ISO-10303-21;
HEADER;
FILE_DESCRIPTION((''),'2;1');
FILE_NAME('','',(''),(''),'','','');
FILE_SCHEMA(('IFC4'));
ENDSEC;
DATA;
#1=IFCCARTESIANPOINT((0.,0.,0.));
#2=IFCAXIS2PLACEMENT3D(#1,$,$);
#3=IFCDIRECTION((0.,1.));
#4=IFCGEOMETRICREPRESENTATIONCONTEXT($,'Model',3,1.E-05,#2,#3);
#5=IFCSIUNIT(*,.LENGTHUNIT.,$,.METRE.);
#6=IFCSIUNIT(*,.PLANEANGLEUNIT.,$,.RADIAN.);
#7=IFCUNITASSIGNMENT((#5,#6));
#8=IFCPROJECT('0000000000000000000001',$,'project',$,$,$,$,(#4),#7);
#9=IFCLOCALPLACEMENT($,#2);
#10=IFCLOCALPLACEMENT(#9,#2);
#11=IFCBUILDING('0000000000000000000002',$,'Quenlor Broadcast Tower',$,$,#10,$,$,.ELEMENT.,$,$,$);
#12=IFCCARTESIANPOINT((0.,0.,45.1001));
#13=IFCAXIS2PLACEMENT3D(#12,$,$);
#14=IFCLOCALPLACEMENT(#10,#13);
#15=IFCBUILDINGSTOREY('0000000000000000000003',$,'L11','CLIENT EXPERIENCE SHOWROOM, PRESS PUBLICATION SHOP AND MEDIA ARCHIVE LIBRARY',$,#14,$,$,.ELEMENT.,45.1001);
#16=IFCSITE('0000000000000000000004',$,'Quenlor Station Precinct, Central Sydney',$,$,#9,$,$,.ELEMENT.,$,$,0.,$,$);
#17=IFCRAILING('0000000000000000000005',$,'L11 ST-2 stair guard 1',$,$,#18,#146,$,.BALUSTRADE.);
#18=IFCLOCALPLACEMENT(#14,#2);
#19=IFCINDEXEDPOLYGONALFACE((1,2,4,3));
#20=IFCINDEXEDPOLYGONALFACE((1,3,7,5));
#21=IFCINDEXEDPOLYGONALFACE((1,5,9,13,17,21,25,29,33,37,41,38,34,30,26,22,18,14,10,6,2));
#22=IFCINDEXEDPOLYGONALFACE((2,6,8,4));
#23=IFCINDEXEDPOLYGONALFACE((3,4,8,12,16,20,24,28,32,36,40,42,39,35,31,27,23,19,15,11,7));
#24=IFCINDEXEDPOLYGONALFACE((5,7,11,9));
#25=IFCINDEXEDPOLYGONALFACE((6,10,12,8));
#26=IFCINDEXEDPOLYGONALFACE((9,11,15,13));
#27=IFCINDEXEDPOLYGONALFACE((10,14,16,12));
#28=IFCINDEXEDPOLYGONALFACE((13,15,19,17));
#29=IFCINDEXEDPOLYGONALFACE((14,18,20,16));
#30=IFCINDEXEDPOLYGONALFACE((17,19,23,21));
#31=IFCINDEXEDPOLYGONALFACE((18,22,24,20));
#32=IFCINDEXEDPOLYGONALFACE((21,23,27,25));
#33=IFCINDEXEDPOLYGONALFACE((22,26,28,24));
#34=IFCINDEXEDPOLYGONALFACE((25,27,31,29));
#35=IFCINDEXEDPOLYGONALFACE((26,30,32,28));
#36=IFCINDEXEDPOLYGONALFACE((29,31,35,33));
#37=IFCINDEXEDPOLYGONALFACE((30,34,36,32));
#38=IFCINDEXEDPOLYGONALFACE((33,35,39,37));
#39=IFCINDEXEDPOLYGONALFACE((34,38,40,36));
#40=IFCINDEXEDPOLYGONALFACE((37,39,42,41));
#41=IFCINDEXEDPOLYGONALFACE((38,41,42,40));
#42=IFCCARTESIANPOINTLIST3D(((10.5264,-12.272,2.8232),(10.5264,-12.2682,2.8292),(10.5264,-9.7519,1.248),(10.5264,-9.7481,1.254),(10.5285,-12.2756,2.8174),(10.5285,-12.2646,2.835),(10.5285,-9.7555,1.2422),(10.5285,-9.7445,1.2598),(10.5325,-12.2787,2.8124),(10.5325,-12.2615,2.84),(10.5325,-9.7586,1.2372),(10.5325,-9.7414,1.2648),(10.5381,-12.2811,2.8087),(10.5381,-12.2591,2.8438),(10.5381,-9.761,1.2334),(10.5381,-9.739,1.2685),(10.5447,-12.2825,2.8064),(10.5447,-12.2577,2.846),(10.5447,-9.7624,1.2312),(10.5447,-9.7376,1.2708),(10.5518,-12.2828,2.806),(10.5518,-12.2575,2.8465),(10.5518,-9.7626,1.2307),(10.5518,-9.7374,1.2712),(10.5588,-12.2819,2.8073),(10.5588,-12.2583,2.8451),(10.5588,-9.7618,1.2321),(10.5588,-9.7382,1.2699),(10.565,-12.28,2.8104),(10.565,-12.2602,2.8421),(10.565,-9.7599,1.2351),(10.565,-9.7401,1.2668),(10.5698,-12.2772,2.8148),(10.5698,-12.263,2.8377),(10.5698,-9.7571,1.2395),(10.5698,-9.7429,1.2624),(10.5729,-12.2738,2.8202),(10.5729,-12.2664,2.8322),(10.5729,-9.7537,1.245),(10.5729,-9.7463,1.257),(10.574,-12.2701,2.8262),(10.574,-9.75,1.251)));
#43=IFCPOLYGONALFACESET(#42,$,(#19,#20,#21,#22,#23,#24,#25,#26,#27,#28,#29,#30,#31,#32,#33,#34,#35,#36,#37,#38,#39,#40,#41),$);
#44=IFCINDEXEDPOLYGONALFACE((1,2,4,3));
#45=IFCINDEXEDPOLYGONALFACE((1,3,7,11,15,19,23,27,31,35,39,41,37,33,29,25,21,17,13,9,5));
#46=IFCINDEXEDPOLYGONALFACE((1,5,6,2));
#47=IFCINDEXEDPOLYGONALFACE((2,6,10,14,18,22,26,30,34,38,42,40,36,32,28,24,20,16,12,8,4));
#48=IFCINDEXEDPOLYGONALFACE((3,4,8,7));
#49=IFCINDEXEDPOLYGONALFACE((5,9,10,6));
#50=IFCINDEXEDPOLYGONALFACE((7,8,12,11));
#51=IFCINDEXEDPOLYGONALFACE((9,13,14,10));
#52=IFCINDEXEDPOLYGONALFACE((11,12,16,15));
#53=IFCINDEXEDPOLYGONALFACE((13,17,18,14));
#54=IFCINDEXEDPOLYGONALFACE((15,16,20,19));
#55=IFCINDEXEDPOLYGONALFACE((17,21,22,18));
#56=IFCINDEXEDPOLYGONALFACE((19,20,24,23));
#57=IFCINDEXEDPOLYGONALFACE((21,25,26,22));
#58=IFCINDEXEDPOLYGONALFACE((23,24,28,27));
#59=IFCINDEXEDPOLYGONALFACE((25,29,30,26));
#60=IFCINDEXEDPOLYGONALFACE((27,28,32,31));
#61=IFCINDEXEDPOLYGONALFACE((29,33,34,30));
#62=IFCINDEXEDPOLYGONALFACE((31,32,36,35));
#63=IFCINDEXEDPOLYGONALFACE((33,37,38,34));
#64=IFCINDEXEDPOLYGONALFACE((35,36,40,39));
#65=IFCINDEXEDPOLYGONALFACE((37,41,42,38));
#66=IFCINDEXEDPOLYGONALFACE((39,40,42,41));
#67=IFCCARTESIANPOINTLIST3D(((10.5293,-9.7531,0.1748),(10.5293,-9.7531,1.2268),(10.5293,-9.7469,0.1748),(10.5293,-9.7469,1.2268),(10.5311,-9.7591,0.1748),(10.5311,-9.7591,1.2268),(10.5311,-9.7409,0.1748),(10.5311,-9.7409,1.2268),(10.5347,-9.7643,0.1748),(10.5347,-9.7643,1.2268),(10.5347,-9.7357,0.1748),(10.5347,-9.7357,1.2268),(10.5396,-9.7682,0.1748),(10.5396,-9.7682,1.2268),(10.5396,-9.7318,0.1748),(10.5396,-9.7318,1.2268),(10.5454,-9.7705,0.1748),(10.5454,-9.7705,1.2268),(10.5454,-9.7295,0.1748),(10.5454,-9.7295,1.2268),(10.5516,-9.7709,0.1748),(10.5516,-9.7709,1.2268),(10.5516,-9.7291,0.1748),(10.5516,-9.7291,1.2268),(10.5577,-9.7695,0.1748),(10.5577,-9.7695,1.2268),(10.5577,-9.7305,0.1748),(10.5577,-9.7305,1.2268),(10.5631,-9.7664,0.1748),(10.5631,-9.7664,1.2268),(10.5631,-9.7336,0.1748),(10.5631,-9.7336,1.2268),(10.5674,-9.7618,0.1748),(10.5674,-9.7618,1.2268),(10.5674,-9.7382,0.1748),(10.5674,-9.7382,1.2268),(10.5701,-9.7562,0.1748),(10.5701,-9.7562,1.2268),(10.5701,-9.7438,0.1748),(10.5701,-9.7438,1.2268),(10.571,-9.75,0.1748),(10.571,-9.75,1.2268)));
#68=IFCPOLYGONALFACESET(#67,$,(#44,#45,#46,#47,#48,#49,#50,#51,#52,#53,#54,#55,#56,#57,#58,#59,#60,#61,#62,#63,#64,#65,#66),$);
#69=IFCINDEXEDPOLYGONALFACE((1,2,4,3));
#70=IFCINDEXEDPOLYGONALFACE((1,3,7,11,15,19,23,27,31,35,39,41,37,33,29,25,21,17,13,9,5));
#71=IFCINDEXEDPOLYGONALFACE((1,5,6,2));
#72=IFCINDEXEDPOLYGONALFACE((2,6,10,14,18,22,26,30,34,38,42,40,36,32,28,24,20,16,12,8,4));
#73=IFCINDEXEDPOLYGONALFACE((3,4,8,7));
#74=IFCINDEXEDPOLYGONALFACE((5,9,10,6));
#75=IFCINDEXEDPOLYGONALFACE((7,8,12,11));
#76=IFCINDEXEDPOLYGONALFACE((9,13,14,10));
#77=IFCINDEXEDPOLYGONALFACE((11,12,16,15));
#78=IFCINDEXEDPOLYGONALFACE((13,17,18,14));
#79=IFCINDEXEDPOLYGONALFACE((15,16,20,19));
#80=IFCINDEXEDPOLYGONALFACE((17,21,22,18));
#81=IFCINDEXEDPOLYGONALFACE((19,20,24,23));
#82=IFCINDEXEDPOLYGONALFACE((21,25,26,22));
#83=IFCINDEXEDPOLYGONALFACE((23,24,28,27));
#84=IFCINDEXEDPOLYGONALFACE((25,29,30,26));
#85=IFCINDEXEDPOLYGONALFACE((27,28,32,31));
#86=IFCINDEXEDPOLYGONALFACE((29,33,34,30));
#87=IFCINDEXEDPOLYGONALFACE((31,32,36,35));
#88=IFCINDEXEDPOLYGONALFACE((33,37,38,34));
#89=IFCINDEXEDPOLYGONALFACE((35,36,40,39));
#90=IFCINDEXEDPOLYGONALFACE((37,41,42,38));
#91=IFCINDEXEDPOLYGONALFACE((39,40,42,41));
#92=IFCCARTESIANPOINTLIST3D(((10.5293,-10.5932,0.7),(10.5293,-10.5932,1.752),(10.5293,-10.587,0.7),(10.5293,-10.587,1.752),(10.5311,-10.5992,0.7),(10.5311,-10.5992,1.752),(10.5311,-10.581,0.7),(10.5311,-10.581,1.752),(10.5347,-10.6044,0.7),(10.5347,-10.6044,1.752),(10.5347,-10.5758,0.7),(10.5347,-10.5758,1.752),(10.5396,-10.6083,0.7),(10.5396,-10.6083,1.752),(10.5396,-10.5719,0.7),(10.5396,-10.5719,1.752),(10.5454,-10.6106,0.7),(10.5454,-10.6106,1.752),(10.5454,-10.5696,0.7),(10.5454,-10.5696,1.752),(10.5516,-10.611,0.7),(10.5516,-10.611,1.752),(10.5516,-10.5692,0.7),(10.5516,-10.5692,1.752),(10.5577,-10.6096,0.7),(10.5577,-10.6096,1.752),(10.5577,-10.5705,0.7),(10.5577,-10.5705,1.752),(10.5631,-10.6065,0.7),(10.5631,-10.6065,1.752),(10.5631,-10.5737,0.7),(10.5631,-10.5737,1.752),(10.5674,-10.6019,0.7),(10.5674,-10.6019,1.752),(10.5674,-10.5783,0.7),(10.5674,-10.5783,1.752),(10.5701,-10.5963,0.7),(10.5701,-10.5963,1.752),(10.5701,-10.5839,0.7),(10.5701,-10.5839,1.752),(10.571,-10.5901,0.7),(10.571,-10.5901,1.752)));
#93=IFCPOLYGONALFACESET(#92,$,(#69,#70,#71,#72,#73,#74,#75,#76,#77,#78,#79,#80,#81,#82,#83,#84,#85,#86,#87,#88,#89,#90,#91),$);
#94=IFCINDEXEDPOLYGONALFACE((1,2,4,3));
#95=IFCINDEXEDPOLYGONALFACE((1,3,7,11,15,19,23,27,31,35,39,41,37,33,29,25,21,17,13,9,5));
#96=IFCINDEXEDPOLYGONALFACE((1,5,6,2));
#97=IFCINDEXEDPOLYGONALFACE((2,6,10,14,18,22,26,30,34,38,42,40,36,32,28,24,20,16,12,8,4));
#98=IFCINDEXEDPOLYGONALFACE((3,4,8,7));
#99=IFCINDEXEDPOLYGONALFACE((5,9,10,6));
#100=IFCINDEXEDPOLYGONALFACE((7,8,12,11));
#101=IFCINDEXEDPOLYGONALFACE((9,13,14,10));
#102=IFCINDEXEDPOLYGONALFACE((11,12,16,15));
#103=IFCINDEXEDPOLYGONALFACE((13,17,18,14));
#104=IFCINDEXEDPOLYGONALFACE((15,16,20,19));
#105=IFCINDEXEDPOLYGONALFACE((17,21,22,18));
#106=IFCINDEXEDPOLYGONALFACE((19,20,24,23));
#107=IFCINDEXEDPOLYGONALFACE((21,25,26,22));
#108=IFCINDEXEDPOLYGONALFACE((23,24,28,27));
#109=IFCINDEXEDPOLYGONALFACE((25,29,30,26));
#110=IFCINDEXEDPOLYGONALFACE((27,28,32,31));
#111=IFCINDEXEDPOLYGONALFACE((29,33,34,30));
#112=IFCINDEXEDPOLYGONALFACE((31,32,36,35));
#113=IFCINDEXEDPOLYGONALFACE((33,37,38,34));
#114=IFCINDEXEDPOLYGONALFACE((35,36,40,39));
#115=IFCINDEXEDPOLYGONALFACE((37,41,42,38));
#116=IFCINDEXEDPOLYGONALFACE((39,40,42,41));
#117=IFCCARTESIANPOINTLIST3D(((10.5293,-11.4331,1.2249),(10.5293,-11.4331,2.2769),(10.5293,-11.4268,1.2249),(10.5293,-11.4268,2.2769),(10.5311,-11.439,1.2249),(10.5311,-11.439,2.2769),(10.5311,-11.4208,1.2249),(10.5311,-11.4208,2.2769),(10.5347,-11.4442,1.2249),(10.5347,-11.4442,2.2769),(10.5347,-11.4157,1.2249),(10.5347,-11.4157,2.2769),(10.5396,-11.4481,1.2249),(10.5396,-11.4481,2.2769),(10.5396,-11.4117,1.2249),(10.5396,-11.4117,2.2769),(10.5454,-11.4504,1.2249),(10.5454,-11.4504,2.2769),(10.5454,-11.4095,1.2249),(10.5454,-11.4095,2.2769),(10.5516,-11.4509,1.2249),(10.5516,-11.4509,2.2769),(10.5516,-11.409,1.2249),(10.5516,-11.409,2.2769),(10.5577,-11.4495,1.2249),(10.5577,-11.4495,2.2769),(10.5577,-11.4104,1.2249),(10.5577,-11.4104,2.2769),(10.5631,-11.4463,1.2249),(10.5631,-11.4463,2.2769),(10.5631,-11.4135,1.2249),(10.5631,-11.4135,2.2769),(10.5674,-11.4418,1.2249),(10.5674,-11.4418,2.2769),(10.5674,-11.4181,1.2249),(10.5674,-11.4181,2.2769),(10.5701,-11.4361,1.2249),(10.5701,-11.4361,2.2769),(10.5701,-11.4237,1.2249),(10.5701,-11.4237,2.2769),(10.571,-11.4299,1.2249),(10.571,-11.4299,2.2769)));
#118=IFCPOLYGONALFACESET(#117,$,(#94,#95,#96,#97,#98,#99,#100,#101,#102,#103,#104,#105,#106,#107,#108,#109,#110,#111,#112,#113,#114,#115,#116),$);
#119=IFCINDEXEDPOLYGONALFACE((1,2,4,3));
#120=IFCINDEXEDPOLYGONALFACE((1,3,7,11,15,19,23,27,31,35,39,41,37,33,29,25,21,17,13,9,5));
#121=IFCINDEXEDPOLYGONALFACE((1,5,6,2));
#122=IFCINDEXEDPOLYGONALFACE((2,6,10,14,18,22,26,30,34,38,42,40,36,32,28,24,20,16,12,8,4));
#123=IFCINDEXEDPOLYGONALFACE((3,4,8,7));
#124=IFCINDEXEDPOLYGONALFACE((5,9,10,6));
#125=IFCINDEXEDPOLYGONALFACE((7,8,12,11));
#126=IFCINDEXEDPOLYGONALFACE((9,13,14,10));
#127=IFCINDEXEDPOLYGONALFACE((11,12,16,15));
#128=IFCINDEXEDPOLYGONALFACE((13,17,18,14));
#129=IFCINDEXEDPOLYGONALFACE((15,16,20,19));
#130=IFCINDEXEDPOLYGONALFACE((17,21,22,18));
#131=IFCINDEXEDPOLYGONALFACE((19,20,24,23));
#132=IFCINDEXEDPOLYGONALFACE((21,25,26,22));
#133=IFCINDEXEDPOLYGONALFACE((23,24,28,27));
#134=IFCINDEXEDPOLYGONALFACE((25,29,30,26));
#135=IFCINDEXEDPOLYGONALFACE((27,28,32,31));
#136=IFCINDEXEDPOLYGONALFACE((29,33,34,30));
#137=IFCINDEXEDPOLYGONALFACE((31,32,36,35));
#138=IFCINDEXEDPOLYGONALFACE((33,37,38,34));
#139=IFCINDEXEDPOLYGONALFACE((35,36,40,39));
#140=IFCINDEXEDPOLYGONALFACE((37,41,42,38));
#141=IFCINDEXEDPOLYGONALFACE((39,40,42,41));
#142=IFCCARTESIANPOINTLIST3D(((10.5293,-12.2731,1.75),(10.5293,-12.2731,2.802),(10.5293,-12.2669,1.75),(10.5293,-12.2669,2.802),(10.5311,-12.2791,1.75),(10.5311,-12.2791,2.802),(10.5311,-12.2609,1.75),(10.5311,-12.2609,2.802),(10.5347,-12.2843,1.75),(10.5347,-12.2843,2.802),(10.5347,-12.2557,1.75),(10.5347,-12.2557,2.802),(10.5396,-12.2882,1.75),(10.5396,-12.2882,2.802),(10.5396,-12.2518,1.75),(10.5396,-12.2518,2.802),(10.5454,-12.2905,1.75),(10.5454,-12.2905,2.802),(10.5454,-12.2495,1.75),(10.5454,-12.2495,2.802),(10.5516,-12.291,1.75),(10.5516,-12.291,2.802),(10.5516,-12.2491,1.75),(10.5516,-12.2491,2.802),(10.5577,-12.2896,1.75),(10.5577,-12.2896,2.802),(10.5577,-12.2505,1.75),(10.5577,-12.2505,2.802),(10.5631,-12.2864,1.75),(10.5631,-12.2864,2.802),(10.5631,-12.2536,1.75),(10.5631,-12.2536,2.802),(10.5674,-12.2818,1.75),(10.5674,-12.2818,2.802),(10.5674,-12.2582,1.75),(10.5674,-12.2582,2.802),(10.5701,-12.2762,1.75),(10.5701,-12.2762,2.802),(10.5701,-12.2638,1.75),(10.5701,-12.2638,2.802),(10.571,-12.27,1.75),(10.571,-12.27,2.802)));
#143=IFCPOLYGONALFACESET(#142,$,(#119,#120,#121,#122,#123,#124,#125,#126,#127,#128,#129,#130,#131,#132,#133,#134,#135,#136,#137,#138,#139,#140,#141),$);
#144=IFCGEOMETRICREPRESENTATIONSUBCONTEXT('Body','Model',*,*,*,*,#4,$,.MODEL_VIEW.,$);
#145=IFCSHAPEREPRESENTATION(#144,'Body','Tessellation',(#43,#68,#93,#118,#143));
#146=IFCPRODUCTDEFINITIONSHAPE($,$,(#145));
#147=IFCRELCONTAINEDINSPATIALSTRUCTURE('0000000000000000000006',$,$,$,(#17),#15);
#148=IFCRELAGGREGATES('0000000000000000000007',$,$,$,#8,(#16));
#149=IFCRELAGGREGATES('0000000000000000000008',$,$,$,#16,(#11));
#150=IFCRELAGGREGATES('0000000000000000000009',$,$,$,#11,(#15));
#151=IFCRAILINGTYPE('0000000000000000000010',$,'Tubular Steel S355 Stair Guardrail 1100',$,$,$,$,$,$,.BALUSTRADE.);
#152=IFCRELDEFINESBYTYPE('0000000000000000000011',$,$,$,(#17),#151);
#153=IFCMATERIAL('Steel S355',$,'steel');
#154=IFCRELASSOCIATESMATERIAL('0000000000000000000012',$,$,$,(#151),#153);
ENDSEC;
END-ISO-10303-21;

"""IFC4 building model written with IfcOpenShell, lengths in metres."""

from ifc_helpers import new_model, si_unit, direction, frame, origin, origin_2d, place, context, subcontext, project, spatial, circle, extrude, material, type_object, element, save


model = new_model("IFC4")

# Units and contexts
model_context = context("Model", 3, precision=1e-05, world=origin(), true_north=direction((0.0, 1.0)))
body_context = subcontext(model_context, "Body", "Model", "MODEL_VIEW")
ifc_project = project(units=[si_unit("LENGTHUNIT", "METRE"), si_unit("PLANEANGLEUNIT", "RADIAN")], contexts=[model_context])

# Site, building, storey
site_placement = place(None, origin())
site = spatial("IfcSite", under=ifc_project, at=site_placement, Name="Quenlor Station Precinct, Central Sydney", CompositionType="ELEMENT", RefElevation=0.0)
building_placement = place(site_placement, origin())
building = spatial("IfcBuilding", under=site, at=building_placement, Name="Quenlor Broadcast Tower", CompositionType="ELEMENT")
storey_placement = place(building_placement, frame((0.0, 0.0, 45.1001)))
storey = spatial("IfcBuildingStorey", under=building, at=storey_placement, Name="L11", Description="CLIENT EXPERIENCE SHOWROOM, PRESS PUBLICATION SHOP AND MEDIA ARCHIVE LIBRARY", CompositionType="ELEMENT", Elevation=45.1001)

# Railing
ifc_material_1 = material(Name="Steel S355", Category="steel")
railing_type_1 = type_object("IfcRailingType", Name="Tubular Steel S355 Stair Guardrail 1100", PredefinedType="BALUSTRADE", material=ifc_material_1)
railing_1_placement = place(storey_placement, frame((10.55, -9.75, 0.1748)))
element("IfcRailing", 1, at=railing_1_placement, inside=storey, type_object=railing_type_1, Name="L11 ST-2 stair guard 1", PredefinedType="BALUSTRADE", context=body_context, shape_type="SweptSolid", body=[
    extrude(circle(Radius=0.0239, at=origin_2d()), frame((0.0, 0.0, 1.0762), z_axis=(0.0, -0.847971, 0.530043), x_axis=(1.0, 0.0, 0.0)), (0.0, 0.0, 1.0), 2.9719),
    extrude(circle(Radius=0.021, at=origin_2d()), origin(), (0.0, 0.0, 1.0), 1.052),
    extrude(circle(Radius=0.021, at=origin_2d()), frame((0.0, -0.8401, 0.5251)), (0.0, 0.0, 1.0), 1.052),
    extrude(circle(Radius=0.021, at=origin_2d()), frame((0.0, -1.6799, 1.05)), (0.0, 0.0, 1.0), 1.052),
    extrude(circle(Radius=0.021, at=origin_2d()), frame((0.0, -2.52, 1.5752)), (0.0, 0.0, 1.0), 1.052),
])

save(model, "model.ifc")
